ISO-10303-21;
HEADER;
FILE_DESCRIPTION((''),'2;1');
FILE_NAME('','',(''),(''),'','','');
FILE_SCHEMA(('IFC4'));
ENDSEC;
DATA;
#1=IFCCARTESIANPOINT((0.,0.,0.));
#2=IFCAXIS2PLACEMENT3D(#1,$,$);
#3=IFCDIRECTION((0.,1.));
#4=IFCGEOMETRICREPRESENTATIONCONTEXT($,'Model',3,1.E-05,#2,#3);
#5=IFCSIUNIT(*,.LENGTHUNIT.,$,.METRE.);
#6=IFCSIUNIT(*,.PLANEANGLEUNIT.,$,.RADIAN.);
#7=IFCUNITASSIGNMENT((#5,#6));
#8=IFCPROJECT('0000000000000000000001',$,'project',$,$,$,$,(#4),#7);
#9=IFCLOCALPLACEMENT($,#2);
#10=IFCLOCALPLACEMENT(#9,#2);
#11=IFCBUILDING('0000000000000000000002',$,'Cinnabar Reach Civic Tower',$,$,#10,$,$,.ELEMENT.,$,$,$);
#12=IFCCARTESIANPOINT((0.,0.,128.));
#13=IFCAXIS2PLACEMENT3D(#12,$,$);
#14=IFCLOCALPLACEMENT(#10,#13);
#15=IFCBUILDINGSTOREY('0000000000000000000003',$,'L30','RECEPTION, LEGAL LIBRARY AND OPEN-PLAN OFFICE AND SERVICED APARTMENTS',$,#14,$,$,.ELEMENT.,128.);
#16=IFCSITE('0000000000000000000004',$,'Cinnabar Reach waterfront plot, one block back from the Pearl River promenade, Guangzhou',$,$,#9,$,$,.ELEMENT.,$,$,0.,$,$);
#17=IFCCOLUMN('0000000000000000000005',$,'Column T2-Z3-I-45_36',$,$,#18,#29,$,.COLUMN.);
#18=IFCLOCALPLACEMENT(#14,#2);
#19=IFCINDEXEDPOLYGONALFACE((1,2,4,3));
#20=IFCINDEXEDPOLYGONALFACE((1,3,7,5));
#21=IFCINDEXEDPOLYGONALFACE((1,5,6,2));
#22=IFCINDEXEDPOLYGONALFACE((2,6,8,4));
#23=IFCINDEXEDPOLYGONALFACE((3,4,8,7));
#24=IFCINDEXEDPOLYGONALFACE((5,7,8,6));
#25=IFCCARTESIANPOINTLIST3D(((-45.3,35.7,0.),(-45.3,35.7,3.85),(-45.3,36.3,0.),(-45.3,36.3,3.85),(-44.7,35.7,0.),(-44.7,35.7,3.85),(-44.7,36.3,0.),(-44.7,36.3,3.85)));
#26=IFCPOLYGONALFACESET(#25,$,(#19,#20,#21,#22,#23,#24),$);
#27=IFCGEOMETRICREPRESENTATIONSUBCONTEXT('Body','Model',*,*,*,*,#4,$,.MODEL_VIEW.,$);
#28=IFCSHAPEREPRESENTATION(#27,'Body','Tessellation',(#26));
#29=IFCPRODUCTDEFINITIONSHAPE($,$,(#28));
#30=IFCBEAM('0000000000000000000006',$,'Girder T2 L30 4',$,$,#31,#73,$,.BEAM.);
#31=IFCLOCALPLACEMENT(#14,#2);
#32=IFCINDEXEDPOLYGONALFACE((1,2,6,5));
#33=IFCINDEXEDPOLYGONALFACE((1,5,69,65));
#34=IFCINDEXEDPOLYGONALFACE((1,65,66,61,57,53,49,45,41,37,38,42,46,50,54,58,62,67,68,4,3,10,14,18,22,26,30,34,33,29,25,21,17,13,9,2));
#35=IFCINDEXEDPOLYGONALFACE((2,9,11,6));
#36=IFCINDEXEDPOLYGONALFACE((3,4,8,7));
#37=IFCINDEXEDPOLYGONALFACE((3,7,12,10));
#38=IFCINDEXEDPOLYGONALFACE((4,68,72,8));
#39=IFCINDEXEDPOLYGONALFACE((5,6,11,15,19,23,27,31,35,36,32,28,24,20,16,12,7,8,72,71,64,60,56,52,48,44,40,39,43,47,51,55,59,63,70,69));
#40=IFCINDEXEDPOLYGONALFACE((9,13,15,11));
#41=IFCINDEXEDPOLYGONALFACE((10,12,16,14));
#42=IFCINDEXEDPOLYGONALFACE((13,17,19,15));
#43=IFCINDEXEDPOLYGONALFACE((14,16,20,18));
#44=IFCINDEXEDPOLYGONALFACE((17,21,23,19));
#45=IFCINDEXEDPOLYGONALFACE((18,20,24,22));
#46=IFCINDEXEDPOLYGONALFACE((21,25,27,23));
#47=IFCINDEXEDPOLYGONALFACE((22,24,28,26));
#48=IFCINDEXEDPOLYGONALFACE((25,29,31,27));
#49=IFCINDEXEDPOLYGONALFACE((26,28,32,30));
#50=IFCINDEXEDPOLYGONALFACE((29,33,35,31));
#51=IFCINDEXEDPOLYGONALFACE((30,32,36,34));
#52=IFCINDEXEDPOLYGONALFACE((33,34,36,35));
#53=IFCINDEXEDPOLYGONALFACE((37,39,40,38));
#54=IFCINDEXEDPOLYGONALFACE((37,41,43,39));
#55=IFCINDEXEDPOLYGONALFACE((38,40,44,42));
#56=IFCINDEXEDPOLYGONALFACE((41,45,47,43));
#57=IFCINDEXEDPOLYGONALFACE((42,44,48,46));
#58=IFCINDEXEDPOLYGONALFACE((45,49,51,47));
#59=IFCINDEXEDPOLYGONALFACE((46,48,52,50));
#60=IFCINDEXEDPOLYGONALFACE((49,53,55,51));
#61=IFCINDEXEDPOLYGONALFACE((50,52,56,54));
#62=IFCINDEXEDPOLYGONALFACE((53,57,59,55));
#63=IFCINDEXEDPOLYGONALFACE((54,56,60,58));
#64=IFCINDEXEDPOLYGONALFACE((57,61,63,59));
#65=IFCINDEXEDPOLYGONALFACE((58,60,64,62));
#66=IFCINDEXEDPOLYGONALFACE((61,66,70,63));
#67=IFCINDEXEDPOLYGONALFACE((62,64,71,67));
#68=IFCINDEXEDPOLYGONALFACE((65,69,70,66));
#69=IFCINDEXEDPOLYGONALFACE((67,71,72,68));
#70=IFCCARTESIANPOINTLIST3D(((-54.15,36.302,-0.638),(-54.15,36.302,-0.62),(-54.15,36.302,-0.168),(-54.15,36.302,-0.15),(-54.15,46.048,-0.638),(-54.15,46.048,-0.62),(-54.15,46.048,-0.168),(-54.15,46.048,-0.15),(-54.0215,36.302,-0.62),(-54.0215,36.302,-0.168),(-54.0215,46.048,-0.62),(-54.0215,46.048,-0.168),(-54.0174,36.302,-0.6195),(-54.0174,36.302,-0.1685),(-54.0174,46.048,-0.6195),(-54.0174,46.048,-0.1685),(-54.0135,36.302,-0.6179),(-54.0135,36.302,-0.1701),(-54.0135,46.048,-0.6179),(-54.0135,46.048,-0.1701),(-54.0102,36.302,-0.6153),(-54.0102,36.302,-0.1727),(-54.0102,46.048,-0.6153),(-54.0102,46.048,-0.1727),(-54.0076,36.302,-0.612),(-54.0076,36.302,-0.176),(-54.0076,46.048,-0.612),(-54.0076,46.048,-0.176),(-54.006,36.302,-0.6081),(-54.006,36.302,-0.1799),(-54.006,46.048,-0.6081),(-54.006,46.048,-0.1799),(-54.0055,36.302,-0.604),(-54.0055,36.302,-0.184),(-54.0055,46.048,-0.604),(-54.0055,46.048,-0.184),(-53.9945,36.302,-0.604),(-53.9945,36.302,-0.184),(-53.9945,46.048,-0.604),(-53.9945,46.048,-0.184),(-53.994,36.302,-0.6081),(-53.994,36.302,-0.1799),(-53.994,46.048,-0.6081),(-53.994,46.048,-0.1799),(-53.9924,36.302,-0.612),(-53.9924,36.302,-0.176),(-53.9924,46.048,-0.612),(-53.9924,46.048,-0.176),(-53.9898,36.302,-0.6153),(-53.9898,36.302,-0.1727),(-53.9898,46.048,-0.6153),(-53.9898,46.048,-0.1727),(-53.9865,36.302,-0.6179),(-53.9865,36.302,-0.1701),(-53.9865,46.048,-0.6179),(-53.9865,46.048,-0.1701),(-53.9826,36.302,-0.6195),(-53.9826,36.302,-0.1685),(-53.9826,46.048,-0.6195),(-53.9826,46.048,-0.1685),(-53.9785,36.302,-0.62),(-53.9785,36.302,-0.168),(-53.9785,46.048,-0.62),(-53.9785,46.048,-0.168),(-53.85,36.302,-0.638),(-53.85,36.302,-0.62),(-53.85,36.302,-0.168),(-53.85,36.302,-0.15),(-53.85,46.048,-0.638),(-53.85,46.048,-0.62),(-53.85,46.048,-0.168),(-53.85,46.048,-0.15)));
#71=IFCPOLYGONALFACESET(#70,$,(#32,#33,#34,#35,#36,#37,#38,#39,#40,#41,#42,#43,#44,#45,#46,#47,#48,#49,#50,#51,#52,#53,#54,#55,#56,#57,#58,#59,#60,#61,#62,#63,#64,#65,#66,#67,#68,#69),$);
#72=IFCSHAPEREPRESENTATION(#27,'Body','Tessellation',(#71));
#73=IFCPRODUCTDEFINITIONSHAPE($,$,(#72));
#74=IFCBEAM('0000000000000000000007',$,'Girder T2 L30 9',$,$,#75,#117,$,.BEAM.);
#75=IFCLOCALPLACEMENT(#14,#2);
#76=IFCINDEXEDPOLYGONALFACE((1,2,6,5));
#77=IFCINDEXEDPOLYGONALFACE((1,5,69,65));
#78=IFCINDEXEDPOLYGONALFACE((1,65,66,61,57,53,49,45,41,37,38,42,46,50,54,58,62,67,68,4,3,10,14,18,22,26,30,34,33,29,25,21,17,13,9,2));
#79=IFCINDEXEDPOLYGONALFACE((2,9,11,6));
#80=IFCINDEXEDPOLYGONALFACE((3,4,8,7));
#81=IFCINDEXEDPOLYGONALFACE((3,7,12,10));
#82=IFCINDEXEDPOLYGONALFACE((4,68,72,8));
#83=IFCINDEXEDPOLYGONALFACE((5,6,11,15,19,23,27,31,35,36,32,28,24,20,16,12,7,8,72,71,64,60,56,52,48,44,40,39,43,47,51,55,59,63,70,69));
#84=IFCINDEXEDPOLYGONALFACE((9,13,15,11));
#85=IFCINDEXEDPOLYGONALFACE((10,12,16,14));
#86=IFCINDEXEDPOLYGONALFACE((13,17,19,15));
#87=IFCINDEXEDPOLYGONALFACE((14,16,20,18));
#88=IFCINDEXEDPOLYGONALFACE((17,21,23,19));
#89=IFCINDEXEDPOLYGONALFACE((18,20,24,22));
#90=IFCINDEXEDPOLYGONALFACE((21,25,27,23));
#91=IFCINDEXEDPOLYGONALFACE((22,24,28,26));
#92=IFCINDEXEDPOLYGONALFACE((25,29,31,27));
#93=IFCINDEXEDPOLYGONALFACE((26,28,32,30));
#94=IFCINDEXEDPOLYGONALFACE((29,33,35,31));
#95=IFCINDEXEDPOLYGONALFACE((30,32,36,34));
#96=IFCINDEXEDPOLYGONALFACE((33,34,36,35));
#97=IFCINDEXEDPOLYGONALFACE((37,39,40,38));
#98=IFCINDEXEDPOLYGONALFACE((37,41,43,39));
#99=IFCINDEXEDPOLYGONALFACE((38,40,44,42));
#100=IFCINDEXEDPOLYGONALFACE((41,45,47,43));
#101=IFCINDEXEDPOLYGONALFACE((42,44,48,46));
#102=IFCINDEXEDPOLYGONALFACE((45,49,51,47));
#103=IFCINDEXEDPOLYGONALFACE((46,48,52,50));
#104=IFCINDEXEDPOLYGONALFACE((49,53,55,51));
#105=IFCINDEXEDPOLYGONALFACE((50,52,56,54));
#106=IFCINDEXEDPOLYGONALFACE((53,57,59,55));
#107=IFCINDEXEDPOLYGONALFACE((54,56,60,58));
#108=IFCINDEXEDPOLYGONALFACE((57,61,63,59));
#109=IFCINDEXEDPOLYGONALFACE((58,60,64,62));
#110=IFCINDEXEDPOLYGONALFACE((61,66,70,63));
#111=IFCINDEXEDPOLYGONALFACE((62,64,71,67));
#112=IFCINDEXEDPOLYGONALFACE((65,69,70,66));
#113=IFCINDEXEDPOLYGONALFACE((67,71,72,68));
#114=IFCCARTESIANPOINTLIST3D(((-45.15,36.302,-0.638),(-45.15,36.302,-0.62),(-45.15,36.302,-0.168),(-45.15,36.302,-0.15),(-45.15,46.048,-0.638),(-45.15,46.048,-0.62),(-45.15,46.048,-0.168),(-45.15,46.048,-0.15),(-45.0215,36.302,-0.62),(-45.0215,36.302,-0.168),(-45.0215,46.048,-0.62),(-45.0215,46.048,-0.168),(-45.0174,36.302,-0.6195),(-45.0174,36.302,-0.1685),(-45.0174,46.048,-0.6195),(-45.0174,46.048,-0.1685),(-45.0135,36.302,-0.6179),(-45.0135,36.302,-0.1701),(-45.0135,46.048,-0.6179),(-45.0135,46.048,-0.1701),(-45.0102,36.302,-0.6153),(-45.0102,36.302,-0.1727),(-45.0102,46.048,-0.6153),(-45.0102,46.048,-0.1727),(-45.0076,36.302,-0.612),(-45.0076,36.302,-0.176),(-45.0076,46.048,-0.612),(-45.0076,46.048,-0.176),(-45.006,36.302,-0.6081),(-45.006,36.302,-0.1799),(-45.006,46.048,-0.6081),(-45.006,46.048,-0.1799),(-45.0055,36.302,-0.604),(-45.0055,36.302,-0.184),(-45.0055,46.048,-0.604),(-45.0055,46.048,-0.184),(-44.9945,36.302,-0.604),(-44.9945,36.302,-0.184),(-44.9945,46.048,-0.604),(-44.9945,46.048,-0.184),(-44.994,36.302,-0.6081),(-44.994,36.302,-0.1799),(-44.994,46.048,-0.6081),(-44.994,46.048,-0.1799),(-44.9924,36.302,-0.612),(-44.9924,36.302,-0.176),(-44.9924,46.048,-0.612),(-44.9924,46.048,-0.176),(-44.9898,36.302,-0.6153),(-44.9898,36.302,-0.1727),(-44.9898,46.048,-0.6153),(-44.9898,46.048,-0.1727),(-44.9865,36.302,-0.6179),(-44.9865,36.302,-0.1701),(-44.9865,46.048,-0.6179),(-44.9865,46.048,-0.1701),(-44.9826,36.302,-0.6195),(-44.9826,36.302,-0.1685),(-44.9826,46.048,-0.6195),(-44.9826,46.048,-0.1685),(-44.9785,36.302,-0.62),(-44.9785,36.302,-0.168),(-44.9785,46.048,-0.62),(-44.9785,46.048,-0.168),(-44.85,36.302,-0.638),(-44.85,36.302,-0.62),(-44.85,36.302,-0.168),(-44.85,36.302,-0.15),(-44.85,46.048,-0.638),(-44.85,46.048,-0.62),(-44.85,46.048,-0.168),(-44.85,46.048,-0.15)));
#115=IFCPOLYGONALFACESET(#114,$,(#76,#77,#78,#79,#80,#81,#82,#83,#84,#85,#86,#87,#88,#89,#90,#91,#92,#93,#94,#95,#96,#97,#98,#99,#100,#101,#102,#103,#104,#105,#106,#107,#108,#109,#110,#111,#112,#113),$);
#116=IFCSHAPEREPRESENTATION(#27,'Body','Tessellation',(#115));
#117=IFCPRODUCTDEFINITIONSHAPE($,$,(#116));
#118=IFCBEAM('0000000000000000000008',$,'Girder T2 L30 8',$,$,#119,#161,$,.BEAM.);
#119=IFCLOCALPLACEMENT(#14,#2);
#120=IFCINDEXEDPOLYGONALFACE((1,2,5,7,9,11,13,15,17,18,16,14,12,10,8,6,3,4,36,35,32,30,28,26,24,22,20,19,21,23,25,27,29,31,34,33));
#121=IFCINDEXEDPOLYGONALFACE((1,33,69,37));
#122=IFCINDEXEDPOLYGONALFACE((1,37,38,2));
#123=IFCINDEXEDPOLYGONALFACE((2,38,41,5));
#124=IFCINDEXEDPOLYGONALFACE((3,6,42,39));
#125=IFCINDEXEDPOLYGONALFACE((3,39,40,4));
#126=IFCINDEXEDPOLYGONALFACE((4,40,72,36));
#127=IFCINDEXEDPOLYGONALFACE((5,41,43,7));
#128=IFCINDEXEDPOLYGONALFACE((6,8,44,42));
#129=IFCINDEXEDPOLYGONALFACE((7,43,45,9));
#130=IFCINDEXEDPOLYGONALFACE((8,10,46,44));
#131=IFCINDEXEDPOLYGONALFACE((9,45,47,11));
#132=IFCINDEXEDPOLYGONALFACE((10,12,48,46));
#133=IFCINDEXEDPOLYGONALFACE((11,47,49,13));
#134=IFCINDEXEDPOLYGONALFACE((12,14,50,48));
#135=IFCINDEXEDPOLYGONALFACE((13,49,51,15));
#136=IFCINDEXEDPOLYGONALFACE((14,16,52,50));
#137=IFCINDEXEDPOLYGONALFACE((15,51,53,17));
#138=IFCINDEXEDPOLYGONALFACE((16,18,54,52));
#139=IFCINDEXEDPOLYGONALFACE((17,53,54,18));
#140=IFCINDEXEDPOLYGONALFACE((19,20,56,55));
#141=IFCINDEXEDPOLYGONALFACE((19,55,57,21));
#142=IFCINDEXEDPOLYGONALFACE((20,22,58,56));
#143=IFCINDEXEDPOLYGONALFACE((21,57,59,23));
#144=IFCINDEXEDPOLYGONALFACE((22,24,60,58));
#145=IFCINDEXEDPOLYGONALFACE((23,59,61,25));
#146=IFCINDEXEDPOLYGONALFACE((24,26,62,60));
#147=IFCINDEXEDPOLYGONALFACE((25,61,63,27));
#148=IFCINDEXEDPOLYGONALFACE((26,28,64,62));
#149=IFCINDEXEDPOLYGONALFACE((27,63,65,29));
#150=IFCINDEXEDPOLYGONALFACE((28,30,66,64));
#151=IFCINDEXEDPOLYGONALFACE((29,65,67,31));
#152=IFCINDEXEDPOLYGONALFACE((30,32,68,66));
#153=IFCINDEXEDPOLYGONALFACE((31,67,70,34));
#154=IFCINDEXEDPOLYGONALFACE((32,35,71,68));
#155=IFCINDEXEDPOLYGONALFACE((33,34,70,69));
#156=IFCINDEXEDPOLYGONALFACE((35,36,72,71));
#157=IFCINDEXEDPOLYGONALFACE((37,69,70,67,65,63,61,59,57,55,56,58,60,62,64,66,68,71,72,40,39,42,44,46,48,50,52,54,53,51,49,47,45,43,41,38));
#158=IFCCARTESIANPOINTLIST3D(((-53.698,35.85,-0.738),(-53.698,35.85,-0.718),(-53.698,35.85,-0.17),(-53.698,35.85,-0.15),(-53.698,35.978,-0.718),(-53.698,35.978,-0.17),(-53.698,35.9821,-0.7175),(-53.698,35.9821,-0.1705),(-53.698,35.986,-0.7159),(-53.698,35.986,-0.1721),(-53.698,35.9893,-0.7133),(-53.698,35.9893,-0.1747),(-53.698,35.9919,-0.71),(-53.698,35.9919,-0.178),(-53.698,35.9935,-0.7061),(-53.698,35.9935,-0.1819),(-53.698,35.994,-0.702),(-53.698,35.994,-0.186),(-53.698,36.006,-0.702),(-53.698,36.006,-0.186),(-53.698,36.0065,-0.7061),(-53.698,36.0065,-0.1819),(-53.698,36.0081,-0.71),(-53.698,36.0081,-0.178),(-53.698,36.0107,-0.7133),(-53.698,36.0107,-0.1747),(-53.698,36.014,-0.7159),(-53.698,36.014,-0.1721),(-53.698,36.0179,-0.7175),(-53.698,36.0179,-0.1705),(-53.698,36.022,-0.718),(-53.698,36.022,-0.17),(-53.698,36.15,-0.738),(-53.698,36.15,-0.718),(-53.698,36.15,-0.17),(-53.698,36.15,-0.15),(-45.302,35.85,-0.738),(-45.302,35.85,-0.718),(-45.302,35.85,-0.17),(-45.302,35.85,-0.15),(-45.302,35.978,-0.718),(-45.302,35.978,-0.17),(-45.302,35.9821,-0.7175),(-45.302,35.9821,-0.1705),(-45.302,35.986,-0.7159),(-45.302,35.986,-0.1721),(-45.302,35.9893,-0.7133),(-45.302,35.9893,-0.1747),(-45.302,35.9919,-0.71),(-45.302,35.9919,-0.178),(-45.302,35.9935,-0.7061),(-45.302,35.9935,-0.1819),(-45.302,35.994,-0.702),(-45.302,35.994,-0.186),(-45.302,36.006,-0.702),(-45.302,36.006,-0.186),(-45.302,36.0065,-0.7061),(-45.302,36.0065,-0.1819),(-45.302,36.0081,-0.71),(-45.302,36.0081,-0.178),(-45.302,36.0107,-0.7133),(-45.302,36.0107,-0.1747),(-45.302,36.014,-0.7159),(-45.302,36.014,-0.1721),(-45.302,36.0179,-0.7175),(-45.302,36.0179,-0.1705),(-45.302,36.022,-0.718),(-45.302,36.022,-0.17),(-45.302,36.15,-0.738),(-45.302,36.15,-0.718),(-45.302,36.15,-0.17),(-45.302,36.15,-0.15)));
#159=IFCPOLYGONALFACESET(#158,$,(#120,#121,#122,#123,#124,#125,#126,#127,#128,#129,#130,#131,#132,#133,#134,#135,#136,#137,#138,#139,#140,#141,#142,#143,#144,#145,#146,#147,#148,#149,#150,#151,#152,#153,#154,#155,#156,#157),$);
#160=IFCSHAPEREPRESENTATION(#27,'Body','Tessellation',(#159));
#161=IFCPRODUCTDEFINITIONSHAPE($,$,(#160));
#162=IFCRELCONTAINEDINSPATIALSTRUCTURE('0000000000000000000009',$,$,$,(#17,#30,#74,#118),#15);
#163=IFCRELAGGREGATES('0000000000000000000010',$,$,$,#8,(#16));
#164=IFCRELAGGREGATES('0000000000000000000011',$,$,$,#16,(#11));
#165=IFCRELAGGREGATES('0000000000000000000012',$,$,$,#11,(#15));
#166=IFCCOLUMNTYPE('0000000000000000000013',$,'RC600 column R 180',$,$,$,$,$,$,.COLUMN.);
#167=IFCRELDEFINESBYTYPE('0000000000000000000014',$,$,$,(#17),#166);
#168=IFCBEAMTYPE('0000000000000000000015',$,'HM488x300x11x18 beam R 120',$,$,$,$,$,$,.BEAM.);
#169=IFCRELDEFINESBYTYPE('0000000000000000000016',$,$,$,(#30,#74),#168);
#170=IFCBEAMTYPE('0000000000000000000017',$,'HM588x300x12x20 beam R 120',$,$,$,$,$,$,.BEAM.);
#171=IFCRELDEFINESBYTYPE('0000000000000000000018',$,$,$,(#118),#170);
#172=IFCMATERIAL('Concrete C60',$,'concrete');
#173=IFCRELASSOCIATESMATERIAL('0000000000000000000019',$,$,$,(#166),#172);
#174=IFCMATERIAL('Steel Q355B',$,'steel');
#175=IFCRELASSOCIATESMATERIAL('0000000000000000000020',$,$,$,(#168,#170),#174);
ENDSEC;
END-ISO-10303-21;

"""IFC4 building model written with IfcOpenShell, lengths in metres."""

from ifc_helpers import new_model, si_unit, direction, frame, origin, origin_2d, place, context, subcontext, project, spatial, rectangle, i_section, extrude, material, material_profile, profile_set, type_object, element, save


model = new_model("IFC4")

# Units and contexts
model_context = context("Model", 3, precision=1e-05, world=origin(), true_north=direction((0.0, 1.0)))
body_context = subcontext(model_context, "Body", "Model", "MODEL_VIEW")
ifc_project = project(units=[si_unit("LENGTHUNIT", "METRE"), si_unit("PLANEANGLEUNIT", "RADIAN")], contexts=[model_context])

# Site, building, storey
site_placement = place(None, origin())
site = spatial("IfcSite", under=ifc_project, at=site_placement, Name="Cinnabar Reach waterfront plot, one block back from the Pearl River promenade, Guangzhou", CompositionType="ELEMENT", RefElevation=0.0)
building_placement = place(site_placement, origin())
building = spatial("IfcBuilding", under=site, at=building_placement, Name="Cinnabar Reach Civic Tower", CompositionType="ELEMENT")
storey_placement = place(building_placement, frame((0.0, 0.0, 128.0)))
storey = spatial("IfcBuildingStorey", under=building, at=storey_placement, Name="L30", Description="RECEPTION, LEGAL LIBRARY AND OPEN-PLAN OFFICE AND SERVICED APARTMENTS", CompositionType="ELEMENT", Elevation=128.0)

# Column
ifc_material_1 = material(Name="Concrete C60", Category="concrete")
ifc_material_profile_1 = material_profile(ifc_material_1, rectangle(XDim=0.6, YDim=0.6, at=origin_2d()), Name="RC600")
ifc_profile_set_1 = profile_set([ifc_material_profile_1], Name="Concrete C60")
column_type = type_object("IfcColumnType", Name="RC600 column R 180", PredefinedType="COLUMN", material=ifc_profile_set_1)
column_placement = place(storey_placement, frame((-45.0, 36.0, 0.0), z_axis=(0.0, 0.0, 1.0), x_axis=(1.0, 0.0, 0.0)))
element("IfcColumn", 1, at=column_placement, inside=storey, type_object=column_type, Name="Column T2-Z3-I-45_36", PredefinedType="COLUMN", context=body_context, shape_type="SweptSolid", body=[
    extrude(rectangle(XDim=0.6, YDim=0.6, at=origin_2d()), origin(), (0.0, 0.0, 1.0), 3.85),
])

# Beams
ifc_material_2 = material(Name="Steel Q355B", Category="steel")
ifc_material_profile_2 = material_profile(ifc_material_2, i_section(OverallWidth=0.3, OverallDepth=0.488, WebThickness=0.011, FlangeThickness=0.018, FilletRadius=0.016, at=origin_2d()), Name="HM488x300x11x18")
ifc_profile_set_2 = profile_set([ifc_material_profile_2], Name="Steel Q355B")
beam_type_1 = type_object("IfcBeamType", Name="HM488x300x11x18 beam R 120", PredefinedType="BEAM", material=ifc_profile_set_2)
for number, where, z_axis, x_axis, name in (
    (2, (-54.0, 36.302, -0.394), (0.0, 1.0, 0.0), (-1.0, 0.0, 0.0), "Girder T2 L30 4"),
    (3, (-45.0, 36.302, -0.394), (0.0, 1.0, 0.0), (-1.0, 0.0, 0.0), "Girder T2 L30 9"),
):
    element("IfcBeam", number, at=place(storey_placement, frame(where, z_axis=z_axis, x_axis=x_axis)), inside=storey, type_object=beam_type_1, Name=name, PredefinedType="BEAM", context=body_context, shape_type="SweptSolid", body=[
        extrude(i_section(OverallWidth=0.3, OverallDepth=0.488, WebThickness=0.011, FlangeThickness=0.018, FilletRadius=0.016, at=origin_2d()), origin(), (0.0, 0.0, 1.0), 9.746),
    ])
ifc_material_profile_3 = material_profile(ifc_material_2, i_section(OverallWidth=0.3, OverallDepth=0.588, WebThickness=0.012, FlangeThickness=0.02, FilletRadius=0.016, at=origin_2d()), Name="HM588x300x12x20")
ifc_profile_set_3 = profile_set([ifc_material_profile_3], Name="Steel Q355B")
beam_type_2 = type_object("IfcBeamType", Name="HM588x300x12x20 beam R 120", PredefinedType="BEAM", material=ifc_profile_set_3)
beam_1_placement = place(storey_placement, frame((-53.698, 36.0, -0.444), z_axis=(1.0, 0.0, 0.0), x_axis=(0.0, 1.0, 0.0)))
element("IfcBeam", 4, at=beam_1_placement, inside=storey, type_object=beam_type_2, Name="Girder T2 L30 8", PredefinedType="BEAM", context=body_context, shape_type="SweptSolid", body=[
    extrude(i_section(OverallWidth=0.3, OverallDepth=0.588, WebThickness=0.012, FlangeThickness=0.02, FilletRadius=0.016, at=origin_2d()), origin(), (0.0, 0.0, 1.0), 8.396),
])

save(model, "model.ifc")
